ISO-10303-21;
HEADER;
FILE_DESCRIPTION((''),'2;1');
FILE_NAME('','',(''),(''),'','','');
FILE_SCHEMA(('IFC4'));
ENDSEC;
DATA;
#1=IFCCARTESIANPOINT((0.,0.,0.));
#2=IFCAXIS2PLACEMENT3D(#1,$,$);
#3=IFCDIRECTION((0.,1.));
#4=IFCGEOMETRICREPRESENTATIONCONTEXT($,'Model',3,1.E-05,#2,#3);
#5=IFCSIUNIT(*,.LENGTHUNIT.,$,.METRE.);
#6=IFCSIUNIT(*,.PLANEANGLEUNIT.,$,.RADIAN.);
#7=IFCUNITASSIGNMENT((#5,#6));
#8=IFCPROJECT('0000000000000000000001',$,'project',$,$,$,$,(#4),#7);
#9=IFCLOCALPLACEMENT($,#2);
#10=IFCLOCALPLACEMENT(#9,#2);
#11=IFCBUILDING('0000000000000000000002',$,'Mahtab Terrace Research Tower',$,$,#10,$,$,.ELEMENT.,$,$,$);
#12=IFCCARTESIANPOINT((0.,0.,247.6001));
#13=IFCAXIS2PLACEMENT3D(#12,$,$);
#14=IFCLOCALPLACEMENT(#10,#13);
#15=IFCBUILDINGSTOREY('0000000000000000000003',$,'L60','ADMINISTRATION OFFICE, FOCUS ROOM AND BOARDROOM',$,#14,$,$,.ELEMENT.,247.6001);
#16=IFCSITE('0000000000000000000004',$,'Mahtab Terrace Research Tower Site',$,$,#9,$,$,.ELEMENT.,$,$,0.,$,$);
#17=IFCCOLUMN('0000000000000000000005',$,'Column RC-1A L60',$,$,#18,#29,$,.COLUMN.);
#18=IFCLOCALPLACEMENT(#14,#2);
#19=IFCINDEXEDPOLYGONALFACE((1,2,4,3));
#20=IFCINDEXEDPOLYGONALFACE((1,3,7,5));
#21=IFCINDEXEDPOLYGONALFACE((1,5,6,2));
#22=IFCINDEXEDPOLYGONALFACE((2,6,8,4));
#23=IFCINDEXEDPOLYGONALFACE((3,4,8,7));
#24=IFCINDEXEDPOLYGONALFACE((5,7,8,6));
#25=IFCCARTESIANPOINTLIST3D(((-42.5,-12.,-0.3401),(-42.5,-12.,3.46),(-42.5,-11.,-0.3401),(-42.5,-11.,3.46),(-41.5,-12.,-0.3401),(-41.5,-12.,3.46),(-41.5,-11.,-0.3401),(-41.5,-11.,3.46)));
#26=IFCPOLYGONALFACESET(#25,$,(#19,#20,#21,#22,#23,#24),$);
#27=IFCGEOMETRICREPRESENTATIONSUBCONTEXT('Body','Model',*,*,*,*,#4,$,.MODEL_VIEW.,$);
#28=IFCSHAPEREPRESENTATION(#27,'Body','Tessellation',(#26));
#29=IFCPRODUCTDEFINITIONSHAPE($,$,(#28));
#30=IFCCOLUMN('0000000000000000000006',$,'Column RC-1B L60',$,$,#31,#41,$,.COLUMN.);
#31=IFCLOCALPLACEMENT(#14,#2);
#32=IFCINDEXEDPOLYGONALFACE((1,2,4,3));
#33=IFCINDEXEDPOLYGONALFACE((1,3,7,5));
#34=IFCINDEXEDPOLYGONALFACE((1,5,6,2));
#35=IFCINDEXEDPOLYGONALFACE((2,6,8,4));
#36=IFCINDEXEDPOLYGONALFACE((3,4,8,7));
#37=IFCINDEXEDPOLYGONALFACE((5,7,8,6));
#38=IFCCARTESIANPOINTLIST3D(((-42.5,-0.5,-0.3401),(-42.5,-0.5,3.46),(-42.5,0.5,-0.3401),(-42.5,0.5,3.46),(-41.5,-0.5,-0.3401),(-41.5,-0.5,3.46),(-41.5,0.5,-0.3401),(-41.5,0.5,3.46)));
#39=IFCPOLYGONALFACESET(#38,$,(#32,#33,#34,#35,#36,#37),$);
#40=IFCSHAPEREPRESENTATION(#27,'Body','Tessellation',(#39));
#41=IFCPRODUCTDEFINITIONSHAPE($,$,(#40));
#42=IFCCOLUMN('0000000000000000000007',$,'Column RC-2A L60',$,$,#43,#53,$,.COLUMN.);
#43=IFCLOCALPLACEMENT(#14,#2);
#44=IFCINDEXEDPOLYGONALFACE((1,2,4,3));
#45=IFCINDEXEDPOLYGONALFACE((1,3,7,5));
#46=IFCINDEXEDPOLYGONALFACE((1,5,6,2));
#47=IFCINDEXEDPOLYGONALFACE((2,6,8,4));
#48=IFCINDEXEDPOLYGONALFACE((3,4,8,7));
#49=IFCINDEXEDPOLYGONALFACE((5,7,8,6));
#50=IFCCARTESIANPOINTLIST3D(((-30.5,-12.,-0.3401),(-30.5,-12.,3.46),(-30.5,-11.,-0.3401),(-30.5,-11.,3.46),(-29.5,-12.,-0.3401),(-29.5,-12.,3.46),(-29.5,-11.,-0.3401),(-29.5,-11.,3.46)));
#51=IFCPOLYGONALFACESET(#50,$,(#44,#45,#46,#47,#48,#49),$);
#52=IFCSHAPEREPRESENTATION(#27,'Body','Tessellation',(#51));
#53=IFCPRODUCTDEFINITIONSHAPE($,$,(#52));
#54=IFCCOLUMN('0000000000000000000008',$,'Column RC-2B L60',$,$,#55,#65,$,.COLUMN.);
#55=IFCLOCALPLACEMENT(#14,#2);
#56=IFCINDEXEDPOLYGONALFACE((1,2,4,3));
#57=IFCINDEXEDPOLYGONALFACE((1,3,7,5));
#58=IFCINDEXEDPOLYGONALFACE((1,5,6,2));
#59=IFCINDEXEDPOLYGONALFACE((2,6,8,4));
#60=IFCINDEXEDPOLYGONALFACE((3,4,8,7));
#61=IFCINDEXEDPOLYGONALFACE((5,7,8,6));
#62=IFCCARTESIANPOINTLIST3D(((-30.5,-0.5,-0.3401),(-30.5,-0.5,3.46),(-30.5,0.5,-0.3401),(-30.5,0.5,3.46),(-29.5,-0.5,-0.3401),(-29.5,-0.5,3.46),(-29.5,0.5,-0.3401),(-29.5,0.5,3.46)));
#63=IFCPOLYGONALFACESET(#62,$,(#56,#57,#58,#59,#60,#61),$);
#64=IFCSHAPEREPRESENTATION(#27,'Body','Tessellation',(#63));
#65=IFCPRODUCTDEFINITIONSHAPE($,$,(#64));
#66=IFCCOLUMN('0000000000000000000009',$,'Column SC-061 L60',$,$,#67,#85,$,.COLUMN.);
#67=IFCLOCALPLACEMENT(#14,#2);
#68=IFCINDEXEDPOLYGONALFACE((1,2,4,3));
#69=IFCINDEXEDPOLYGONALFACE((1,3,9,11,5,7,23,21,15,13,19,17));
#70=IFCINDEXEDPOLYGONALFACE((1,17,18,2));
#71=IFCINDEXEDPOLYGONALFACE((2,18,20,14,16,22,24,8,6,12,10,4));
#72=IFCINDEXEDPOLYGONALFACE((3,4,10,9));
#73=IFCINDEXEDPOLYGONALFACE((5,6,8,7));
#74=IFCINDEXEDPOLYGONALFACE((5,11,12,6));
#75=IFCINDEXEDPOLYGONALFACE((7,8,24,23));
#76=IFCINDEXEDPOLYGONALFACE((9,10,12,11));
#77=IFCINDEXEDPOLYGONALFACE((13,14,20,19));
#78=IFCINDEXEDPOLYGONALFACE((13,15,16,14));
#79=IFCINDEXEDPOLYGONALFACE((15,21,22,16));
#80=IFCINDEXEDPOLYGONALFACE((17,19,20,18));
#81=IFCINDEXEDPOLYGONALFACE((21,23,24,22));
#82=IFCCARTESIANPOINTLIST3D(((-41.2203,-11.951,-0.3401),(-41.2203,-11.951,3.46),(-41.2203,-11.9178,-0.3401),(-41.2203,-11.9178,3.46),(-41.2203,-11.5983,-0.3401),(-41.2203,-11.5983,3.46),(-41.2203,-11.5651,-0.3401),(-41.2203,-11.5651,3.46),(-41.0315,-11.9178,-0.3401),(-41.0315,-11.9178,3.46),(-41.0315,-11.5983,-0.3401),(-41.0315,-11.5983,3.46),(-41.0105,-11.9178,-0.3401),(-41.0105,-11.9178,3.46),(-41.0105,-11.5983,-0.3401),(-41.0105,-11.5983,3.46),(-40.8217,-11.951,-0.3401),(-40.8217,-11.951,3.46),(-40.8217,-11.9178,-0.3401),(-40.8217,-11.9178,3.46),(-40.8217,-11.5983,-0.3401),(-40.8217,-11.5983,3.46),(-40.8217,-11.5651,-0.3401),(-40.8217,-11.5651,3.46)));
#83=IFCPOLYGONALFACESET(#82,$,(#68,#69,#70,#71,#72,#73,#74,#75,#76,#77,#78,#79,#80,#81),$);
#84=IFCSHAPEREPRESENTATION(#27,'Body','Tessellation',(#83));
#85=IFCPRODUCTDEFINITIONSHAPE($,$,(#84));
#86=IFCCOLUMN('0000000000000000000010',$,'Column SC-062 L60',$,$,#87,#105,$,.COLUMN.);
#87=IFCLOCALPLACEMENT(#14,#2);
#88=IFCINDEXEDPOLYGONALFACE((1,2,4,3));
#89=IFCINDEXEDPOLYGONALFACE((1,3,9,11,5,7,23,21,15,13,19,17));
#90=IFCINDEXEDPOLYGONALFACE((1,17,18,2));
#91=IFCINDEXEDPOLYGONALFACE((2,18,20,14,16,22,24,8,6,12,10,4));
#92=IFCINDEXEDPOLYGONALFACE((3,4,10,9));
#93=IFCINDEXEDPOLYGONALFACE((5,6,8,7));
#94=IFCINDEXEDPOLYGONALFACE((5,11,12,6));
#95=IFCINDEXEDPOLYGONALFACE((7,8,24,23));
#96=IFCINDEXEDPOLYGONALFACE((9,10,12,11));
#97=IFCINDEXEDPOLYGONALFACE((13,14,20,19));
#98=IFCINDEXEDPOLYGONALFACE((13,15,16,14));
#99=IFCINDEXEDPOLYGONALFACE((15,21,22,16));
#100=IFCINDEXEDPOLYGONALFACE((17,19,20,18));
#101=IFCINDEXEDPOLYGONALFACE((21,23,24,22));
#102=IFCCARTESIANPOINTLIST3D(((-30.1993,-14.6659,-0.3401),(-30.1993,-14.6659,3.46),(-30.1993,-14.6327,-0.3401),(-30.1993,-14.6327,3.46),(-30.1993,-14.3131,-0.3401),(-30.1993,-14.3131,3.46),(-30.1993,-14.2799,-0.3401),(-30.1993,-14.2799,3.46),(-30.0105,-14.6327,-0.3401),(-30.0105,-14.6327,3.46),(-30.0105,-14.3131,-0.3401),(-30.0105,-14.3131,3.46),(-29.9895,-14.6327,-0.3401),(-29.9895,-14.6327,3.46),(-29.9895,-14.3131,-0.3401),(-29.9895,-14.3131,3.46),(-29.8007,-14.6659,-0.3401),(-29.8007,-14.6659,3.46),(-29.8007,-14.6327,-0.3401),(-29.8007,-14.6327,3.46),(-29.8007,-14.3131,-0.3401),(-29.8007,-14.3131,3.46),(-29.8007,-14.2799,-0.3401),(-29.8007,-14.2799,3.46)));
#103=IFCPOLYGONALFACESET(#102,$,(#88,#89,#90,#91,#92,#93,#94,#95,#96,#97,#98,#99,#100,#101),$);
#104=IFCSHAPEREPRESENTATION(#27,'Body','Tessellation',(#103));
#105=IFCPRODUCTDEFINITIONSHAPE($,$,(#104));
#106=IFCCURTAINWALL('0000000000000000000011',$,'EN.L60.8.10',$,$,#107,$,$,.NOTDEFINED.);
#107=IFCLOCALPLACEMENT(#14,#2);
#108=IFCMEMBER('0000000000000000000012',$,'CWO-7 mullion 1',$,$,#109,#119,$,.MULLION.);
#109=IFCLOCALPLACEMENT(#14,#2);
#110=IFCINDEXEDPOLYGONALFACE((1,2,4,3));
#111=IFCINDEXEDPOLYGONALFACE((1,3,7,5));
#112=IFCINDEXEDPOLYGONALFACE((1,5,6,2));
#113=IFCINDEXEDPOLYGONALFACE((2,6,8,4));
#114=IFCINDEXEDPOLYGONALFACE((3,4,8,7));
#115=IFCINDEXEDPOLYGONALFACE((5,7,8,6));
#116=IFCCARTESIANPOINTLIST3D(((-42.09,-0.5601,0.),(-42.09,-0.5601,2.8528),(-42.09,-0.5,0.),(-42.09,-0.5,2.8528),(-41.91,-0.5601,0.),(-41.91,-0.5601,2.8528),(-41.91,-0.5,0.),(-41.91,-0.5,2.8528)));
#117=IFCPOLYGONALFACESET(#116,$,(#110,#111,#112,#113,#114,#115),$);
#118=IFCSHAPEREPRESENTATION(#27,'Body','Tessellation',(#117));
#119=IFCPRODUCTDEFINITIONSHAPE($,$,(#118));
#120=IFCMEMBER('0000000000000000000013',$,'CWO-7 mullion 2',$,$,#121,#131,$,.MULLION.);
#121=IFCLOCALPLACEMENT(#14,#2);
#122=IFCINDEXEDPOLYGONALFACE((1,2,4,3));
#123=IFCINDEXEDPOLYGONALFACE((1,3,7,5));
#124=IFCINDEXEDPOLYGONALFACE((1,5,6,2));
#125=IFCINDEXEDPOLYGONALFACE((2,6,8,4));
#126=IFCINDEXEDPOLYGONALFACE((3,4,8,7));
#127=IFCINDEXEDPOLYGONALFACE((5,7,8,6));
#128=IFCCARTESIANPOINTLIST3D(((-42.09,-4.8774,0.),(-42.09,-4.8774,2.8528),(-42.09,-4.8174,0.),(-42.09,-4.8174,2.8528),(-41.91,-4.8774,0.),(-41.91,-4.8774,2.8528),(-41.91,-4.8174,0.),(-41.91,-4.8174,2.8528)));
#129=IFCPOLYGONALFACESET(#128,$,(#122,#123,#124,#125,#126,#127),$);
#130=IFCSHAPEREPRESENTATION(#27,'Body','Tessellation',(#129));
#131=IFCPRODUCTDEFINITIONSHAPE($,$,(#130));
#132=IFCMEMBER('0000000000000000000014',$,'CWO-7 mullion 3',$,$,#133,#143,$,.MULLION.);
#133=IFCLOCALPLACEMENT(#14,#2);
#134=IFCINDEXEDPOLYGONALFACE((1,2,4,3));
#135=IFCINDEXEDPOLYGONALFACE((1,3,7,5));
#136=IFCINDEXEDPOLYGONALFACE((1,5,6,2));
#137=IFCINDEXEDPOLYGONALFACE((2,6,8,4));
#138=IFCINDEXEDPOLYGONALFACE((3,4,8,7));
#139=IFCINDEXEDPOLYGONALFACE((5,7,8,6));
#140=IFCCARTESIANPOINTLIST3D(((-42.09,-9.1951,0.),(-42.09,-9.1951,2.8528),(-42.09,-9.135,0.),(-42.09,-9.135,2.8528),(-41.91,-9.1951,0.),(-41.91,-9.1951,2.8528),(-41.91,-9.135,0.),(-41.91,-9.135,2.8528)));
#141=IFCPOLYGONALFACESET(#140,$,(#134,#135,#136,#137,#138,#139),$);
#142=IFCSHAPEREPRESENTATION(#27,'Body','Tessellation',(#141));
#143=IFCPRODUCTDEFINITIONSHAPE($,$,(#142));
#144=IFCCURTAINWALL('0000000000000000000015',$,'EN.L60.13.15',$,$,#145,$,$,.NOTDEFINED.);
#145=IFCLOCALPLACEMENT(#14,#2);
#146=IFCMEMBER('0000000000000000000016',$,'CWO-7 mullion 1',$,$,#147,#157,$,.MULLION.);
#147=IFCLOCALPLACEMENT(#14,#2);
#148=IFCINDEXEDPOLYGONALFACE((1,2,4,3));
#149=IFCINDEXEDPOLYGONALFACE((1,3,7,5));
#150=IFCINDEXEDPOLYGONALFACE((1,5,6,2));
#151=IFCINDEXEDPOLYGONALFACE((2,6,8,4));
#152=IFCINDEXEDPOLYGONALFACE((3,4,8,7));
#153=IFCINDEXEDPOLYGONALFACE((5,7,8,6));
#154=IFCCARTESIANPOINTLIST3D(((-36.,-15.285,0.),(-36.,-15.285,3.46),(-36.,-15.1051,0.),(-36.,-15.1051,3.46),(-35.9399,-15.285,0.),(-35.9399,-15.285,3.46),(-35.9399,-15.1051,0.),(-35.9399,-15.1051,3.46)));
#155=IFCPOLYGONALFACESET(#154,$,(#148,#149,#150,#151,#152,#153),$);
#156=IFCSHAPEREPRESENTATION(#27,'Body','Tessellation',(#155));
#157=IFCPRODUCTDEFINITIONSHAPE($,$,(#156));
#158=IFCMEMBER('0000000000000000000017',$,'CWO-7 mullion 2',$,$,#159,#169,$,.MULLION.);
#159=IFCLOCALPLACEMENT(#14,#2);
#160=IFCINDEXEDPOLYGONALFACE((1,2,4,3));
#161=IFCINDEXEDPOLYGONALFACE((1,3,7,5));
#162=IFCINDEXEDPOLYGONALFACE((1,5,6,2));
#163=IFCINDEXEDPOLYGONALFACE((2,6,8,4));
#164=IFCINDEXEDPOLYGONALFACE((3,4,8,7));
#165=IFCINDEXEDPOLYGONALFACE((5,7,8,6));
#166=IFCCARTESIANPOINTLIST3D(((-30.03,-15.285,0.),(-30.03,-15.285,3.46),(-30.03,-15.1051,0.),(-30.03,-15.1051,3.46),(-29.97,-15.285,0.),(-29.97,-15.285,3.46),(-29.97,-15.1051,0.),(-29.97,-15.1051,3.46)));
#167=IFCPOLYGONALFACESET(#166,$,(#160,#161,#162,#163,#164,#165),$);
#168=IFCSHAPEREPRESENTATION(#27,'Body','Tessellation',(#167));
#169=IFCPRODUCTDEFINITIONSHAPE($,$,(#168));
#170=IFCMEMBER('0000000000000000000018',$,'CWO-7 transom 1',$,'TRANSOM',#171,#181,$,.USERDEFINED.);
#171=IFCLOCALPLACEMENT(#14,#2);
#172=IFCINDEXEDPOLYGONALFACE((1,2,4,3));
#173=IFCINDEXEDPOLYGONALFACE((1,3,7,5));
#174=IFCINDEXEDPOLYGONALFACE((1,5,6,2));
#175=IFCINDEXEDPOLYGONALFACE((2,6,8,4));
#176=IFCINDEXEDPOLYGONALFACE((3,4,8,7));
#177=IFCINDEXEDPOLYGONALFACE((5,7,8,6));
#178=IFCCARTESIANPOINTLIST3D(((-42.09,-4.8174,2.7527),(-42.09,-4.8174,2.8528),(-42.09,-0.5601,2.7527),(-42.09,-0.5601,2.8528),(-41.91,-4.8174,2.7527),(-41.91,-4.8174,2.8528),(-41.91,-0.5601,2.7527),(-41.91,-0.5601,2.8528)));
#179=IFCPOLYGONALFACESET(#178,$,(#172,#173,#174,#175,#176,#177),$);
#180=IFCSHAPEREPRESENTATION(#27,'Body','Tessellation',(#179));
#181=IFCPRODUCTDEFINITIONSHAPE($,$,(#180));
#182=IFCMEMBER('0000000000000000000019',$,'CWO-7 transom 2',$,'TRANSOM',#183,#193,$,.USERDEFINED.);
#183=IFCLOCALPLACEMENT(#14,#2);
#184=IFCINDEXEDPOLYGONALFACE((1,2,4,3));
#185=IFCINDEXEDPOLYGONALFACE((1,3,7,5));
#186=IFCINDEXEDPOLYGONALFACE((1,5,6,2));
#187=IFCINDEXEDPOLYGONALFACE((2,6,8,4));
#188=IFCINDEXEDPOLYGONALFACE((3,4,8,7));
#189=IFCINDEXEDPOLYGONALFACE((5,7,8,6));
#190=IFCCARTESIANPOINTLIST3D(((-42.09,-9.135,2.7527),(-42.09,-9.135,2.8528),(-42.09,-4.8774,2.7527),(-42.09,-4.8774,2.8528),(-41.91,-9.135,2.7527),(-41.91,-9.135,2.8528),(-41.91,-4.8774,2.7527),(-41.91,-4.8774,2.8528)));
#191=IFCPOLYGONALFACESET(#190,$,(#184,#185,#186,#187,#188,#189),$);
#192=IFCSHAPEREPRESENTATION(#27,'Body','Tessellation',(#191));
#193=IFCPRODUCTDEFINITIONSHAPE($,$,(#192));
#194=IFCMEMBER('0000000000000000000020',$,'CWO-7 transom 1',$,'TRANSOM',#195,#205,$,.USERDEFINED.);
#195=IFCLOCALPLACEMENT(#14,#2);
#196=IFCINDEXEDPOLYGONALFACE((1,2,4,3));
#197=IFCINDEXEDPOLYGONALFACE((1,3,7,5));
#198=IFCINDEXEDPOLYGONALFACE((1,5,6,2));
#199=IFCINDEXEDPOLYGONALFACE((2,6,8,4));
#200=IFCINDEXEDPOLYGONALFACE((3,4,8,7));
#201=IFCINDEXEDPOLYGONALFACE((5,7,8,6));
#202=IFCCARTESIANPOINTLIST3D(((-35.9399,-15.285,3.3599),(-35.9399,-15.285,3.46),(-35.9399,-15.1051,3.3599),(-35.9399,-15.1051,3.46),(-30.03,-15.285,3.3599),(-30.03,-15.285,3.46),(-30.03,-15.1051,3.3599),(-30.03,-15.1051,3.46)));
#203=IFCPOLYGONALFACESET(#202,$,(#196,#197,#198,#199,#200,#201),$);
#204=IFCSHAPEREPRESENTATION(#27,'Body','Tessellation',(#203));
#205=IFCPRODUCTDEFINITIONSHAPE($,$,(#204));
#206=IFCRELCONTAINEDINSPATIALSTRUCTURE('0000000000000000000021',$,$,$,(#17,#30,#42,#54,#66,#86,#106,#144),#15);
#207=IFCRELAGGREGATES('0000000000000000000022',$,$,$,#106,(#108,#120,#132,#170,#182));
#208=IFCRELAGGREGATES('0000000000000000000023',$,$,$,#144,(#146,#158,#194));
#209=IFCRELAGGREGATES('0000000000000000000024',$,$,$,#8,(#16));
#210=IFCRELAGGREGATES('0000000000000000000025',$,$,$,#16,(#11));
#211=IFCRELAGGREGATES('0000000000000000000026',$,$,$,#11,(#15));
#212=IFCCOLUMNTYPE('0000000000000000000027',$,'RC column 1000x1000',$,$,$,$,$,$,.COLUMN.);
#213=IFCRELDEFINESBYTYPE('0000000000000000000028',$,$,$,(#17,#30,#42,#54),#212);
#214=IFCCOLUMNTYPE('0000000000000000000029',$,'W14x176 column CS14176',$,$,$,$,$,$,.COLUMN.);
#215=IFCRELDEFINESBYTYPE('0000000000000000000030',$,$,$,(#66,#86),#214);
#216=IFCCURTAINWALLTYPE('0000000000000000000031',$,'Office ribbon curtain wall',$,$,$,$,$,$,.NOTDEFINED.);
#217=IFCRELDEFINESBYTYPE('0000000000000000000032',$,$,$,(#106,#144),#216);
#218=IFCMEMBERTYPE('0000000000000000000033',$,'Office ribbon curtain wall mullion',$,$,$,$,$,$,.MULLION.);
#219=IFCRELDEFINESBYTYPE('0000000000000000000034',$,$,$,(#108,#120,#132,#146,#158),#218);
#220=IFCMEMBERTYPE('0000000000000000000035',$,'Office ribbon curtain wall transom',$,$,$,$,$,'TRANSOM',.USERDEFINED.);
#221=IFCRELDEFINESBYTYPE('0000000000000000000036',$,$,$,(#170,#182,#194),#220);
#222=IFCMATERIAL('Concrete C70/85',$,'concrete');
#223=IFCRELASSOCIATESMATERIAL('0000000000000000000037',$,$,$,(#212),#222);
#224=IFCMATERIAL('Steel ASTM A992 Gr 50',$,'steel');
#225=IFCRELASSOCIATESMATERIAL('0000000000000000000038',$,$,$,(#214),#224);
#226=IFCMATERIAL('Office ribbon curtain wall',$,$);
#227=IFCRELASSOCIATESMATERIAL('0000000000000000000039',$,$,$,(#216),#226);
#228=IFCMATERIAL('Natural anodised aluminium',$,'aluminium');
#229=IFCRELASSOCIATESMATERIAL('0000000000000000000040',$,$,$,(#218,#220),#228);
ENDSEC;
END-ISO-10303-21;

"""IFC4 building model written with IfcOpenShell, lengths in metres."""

from ifc_helpers import new_model, si_unit, direction, frame, origin, origin_2d, place, context, subcontext, project, spatial, rectangle, i_section, extrude, material, material_profile, profile_set, type_object, element, aggregate, save


model = new_model("IFC4")

# Units and contexts
model_context = context("Model", 3, precision=1e-05, world=origin(), true_north=direction((0.0, 1.0)))
body_context = subcontext(model_context, "Body", "Model", "MODEL_VIEW")
ifc_project = project(units=[si_unit("LENGTHUNIT", "METRE"), si_unit("PLANEANGLEUNIT", "RADIAN")], contexts=[model_context])

# Site, building, storey
site_placement = place(None, origin())
site = spatial("IfcSite", under=ifc_project, at=site_placement, Name="Mahtab Terrace Research Tower Site", CompositionType="ELEMENT", RefElevation=0.0)
building_placement = place(site_placement, origin())
building = spatial("IfcBuilding", under=site, at=building_placement, Name="Mahtab Terrace Research Tower", CompositionType="ELEMENT")
storey_placement = place(building_placement, frame((0.0, 0.0, 247.6001)))
storey = spatial("IfcBuildingStorey", under=building, at=storey_placement, Name="L60", Description="ADMINISTRATION OFFICE, FOCUS ROOM AND BOARDROOM", CompositionType="ELEMENT", Elevation=247.6001)

# Columns
ifc_material_1 = material(Name="Concrete C70/85", Category="concrete")
ifc_material_profile_1 = material_profile(ifc_material_1, rectangle(XDim=1.0, YDim=1.0, at=origin_2d()), Name="RC column 1000x1000")
ifc_profile_set_1 = profile_set([ifc_material_profile_1], Name="Concrete C70/85")
column_type_1 = type_object("IfcColumnType", Name="RC column 1000x1000", PredefinedType="COLUMN", material=ifc_profile_set_1)
for number, where, z_axis, x_axis, name in (
    (1, (-42.0, -11.5, -0.3401), (0.0, 0.0, 1.0), (1.0, 0.0, 0.0), "Column RC-1A L60"),
    (2, (-42.0, 0.0, -0.3401), (0.0, 0.0, 1.0), (1.0, 0.0, 0.0), "Column RC-1B L60"),
    (3, (-30.0, -11.5, -0.3401), (0.0, 0.0, 1.0), (1.0, 0.0, 0.0), "Column RC-2A L60"),
    (4, (-30.0, 0.0, -0.3401), (0.0, 0.0, 1.0), (1.0, 0.0, 0.0), "Column RC-2B L60"),
):
    element("IfcColumn", number, at=place(storey_placement, frame(where, z_axis=z_axis, x_axis=x_axis)), inside=storey, type_object=column_type_1, Name=name, PredefinedType="COLUMN", context=body_context, shape_type="SweptSolid", body=[
        extrude(rectangle(XDim=1.0, YDim=1.0, at=origin_2d()), origin(), (0.0, 0.0, 1.0), 3.8),
    ])
ifc_material_2 = material(Name="Steel ASTM A992 Gr 50", Category="steel")
ifc_material_profile_2 = material_profile(ifc_material_2, i_section(OverallWidth=0.3987, OverallDepth=0.386, WebThickness=0.021, FlangeThickness=0.0332, at=origin_2d()), Name="W14X176")
ifc_profile_set_2 = profile_set([ifc_material_profile_2], Name="Steel ASTM A992 Gr 50")
column_type_2 = type_object("IfcColumnType", Name="W14x176 column CS14176", PredefinedType="COLUMN", material=ifc_profile_set_2)
for number, where, z_axis, x_axis, name in (
    (5, (-41.021, -11.7581, -0.3401), (0.0, 0.0, 1.0), (1.0, 0.0, 0.0), "Column SC-061 L60"),
    (6, (-30.0, -14.4729, -0.3401), (0.0, 0.0, 1.0), (1.0, 0.0, 0.0), "Column SC-062 L60"),
):
    element("IfcColumn", number, at=place(storey_placement, frame(where, z_axis=z_axis, x_axis=x_axis)), inside=storey, type_object=column_type_2, Name=name, PredefinedType="COLUMN", context=body_context, shape_type="SweptSolid", body=[
        extrude(i_section(OverallWidth=0.3987, OverallDepth=0.386, WebThickness=0.021, FlangeThickness=0.0332, at=origin_2d()), origin(), (0.0, 0.0, 1.0), 3.8),
    ])

# Curtain walls, members
ifc_material_3 = material(Name="Office ribbon curtain wall")
curtain_wall_type = type_object("IfcCurtainWallType", Name="Office ribbon curtain wall", PredefinedType="NOTDEFINED", material=ifc_material_3)
curtain_wall_1_placement = place(storey_placement, origin())
curtain_wall_1 = element("IfcCurtainWall", 7, at=curtain_wall_1_placement, inside=storey, type_object=curtain_wall_type, Name="EN.L60.8.10", PredefinedType="NOTDEFINED")
ifc_material_4 = material(Name="Natural anodised aluminium", Category="aluminium")
ifc_material_profile_3 = material_profile(ifc_material_4, rectangle(XDim=0.1799, YDim=0.0601, at=origin_2d()), Name="MULLION 60x180")
ifc_profile_set_3 = profile_set([ifc_material_profile_3], Name="Natural anodised aluminium")
member_type_1 = type_object("IfcMemberType", Name="Office ribbon curtain wall mullion", PredefinedType="MULLION", material=ifc_profile_set_3)
member_1_placement = place(storey_placement, frame((-42.0, -0.53, 0.0), z_axis=(0.0, 0.0, 1.0), x_axis=(1.0, 0.0, 0.0)))
member_1 = element("IfcMember", 8, at=member_1_placement, type_object=member_type_1, Name="CWO-7 mullion 1", PredefinedType="MULLION", context=body_context, shape_type="SweptSolid", body=[
    extrude(rectangle(XDim=0.1799, YDim=0.0601, at=origin_2d()), origin(), (0.0, 0.0, 1.0), 2.8528),
])
member_2_placement = place(storey_placement, frame((-42.0, -4.8474, 0.0), z_axis=(0.0, 0.0, 1.0), x_axis=(1.0, 0.0, 0.0)))
member_2 = element("IfcMember", 9, at=member_2_placement, type_object=member_type_1, Name="CWO-7 mullion 2", PredefinedType="MULLION", context=body_context, shape_type="SweptSolid", body=[
    extrude(rectangle(XDim=0.1799, YDim=0.0601, at=origin_2d()), origin(), (0.0, 0.0, 1.0), 2.8528),
])
member_3_placement = place(storey_placement, frame((-42.0, -9.165, 0.0), z_axis=(0.0, 0.0, 1.0), x_axis=(1.0, 0.0, 0.0)))
member_3 = element("IfcMember", 10, at=member_3_placement, type_object=member_type_1, Name="CWO-7 mullion 3", PredefinedType="MULLION", context=body_context, shape_type="SweptSolid", body=[
    extrude(rectangle(XDim=0.1799, YDim=0.0601, at=origin_2d()), origin(), (0.0, 0.0, 1.0), 2.8528),
])
curtain_wall_2_placement = place(storey_placement, origin())
curtain_wall_2 = element("IfcCurtainWall", 11, at=curtain_wall_2_placement, inside=storey, type_object=curtain_wall_type, Name="EN.L60.13.15", PredefinedType="NOTDEFINED")
member_4_placement = place(storey_placement, frame((-35.97, -15.1951, 0.0), z_axis=(0.0, 0.0, 1.0), x_axis=(0.0, 1.0, 0.0)))
member_4 = element("IfcMember", 12, at=member_4_placement, type_object=member_type_1, Name="CWO-7 mullion 1", PredefinedType="MULLION", context=body_context, shape_type="SweptSolid", body=[
    extrude(rectangle(XDim=0.1799, YDim=0.0601, at=origin_2d()), origin(), (0.0, 0.0, 1.0), 3.46),
])
member_5_placement = place(storey_placement, frame((-30.0, -15.1951, 0.0), z_axis=(0.0, 0.0, 1.0), x_axis=(0.0, 1.0, 0.0)))
member_5 = element("IfcMember", 13, at=member_5_placement, type_object=member_type_1, Name="CWO-7 mullion 2", PredefinedType="MULLION", context=body_context, shape_type="SweptSolid", body=[
    extrude(rectangle(XDim=0.1799, YDim=0.0601, at=origin_2d()), origin(), (0.0, 0.0, 1.0), 3.46),
])

# Members
ifc_material_profile_4 = material_profile(ifc_material_4, rectangle(XDim=0.1799, YDim=0.1001, at=origin_2d()), Name="TRANSOM 100x180")
ifc_profile_set_4 = profile_set([ifc_material_profile_4], Name="Natural anodised aluminium")
member_type_2 = type_object("IfcMemberType", Name="Office ribbon curtain wall transom", ElementType="TRANSOM", PredefinedType="USERDEFINED", material=ifc_profile_set_4)
member_6_placement = place(storey_placement, frame((-42.0, -0.5601, 2.8027), z_axis=(0.0, -1.0, 0.0), x_axis=(1.0, 0.0, 0.0)))
member_6 = element("IfcMember", 14, at=member_6_placement, type_object=member_type_2, Name="CWO-7 transom 1", ObjectType="TRANSOM", PredefinedType="USERDEFINED", context=body_context, shape_type="SweptSolid", body=[
    extrude(rectangle(XDim=0.1799, YDim=0.1001, at=origin_2d()), origin(), (0.0, 0.0, 1.0), 4.2573),
])
member_7_placement = place(storey_placement, frame((-42.0, -4.8774, 2.8027), z_axis=(0.0, -1.0, 0.0), x_axis=(1.0, 0.0, 0.0)))
member_7 = element("IfcMember", 15, at=member_7_placement, type_object=member_type_2, Name="CWO-7 transom 2", ObjectType="TRANSOM", PredefinedType="USERDEFINED", context=body_context, shape_type="SweptSolid", body=[
    extrude(rectangle(XDim=0.1799, YDim=0.1001, at=origin_2d()), origin(), (0.0, 0.0, 1.0), 4.2576),
])
member_8_placement = place(storey_placement, frame((-35.9399, -15.1951, 3.4099), z_axis=(1.0, 0.0, 0.0), x_axis=(0.0, 1.0, 0.0)))
member_8 = element("IfcMember", 16, at=member_8_placement, type_object=member_type_2, Name="CWO-7 transom 1", ObjectType="TRANSOM", PredefinedType="USERDEFINED", context=body_context, shape_type="SweptSolid", body=[
    extrude(rectangle(XDim=0.1799, YDim=0.1001, at=origin_2d()), origin(), (0.0, 0.0, 1.0), 5.9099),
])

aggregate(curtain_wall_1, [member_1, member_2, member_3, member_6, member_7])
aggregate(curtain_wall_2, [member_4, member_5, member_8])

save(model, "model.ifc")
